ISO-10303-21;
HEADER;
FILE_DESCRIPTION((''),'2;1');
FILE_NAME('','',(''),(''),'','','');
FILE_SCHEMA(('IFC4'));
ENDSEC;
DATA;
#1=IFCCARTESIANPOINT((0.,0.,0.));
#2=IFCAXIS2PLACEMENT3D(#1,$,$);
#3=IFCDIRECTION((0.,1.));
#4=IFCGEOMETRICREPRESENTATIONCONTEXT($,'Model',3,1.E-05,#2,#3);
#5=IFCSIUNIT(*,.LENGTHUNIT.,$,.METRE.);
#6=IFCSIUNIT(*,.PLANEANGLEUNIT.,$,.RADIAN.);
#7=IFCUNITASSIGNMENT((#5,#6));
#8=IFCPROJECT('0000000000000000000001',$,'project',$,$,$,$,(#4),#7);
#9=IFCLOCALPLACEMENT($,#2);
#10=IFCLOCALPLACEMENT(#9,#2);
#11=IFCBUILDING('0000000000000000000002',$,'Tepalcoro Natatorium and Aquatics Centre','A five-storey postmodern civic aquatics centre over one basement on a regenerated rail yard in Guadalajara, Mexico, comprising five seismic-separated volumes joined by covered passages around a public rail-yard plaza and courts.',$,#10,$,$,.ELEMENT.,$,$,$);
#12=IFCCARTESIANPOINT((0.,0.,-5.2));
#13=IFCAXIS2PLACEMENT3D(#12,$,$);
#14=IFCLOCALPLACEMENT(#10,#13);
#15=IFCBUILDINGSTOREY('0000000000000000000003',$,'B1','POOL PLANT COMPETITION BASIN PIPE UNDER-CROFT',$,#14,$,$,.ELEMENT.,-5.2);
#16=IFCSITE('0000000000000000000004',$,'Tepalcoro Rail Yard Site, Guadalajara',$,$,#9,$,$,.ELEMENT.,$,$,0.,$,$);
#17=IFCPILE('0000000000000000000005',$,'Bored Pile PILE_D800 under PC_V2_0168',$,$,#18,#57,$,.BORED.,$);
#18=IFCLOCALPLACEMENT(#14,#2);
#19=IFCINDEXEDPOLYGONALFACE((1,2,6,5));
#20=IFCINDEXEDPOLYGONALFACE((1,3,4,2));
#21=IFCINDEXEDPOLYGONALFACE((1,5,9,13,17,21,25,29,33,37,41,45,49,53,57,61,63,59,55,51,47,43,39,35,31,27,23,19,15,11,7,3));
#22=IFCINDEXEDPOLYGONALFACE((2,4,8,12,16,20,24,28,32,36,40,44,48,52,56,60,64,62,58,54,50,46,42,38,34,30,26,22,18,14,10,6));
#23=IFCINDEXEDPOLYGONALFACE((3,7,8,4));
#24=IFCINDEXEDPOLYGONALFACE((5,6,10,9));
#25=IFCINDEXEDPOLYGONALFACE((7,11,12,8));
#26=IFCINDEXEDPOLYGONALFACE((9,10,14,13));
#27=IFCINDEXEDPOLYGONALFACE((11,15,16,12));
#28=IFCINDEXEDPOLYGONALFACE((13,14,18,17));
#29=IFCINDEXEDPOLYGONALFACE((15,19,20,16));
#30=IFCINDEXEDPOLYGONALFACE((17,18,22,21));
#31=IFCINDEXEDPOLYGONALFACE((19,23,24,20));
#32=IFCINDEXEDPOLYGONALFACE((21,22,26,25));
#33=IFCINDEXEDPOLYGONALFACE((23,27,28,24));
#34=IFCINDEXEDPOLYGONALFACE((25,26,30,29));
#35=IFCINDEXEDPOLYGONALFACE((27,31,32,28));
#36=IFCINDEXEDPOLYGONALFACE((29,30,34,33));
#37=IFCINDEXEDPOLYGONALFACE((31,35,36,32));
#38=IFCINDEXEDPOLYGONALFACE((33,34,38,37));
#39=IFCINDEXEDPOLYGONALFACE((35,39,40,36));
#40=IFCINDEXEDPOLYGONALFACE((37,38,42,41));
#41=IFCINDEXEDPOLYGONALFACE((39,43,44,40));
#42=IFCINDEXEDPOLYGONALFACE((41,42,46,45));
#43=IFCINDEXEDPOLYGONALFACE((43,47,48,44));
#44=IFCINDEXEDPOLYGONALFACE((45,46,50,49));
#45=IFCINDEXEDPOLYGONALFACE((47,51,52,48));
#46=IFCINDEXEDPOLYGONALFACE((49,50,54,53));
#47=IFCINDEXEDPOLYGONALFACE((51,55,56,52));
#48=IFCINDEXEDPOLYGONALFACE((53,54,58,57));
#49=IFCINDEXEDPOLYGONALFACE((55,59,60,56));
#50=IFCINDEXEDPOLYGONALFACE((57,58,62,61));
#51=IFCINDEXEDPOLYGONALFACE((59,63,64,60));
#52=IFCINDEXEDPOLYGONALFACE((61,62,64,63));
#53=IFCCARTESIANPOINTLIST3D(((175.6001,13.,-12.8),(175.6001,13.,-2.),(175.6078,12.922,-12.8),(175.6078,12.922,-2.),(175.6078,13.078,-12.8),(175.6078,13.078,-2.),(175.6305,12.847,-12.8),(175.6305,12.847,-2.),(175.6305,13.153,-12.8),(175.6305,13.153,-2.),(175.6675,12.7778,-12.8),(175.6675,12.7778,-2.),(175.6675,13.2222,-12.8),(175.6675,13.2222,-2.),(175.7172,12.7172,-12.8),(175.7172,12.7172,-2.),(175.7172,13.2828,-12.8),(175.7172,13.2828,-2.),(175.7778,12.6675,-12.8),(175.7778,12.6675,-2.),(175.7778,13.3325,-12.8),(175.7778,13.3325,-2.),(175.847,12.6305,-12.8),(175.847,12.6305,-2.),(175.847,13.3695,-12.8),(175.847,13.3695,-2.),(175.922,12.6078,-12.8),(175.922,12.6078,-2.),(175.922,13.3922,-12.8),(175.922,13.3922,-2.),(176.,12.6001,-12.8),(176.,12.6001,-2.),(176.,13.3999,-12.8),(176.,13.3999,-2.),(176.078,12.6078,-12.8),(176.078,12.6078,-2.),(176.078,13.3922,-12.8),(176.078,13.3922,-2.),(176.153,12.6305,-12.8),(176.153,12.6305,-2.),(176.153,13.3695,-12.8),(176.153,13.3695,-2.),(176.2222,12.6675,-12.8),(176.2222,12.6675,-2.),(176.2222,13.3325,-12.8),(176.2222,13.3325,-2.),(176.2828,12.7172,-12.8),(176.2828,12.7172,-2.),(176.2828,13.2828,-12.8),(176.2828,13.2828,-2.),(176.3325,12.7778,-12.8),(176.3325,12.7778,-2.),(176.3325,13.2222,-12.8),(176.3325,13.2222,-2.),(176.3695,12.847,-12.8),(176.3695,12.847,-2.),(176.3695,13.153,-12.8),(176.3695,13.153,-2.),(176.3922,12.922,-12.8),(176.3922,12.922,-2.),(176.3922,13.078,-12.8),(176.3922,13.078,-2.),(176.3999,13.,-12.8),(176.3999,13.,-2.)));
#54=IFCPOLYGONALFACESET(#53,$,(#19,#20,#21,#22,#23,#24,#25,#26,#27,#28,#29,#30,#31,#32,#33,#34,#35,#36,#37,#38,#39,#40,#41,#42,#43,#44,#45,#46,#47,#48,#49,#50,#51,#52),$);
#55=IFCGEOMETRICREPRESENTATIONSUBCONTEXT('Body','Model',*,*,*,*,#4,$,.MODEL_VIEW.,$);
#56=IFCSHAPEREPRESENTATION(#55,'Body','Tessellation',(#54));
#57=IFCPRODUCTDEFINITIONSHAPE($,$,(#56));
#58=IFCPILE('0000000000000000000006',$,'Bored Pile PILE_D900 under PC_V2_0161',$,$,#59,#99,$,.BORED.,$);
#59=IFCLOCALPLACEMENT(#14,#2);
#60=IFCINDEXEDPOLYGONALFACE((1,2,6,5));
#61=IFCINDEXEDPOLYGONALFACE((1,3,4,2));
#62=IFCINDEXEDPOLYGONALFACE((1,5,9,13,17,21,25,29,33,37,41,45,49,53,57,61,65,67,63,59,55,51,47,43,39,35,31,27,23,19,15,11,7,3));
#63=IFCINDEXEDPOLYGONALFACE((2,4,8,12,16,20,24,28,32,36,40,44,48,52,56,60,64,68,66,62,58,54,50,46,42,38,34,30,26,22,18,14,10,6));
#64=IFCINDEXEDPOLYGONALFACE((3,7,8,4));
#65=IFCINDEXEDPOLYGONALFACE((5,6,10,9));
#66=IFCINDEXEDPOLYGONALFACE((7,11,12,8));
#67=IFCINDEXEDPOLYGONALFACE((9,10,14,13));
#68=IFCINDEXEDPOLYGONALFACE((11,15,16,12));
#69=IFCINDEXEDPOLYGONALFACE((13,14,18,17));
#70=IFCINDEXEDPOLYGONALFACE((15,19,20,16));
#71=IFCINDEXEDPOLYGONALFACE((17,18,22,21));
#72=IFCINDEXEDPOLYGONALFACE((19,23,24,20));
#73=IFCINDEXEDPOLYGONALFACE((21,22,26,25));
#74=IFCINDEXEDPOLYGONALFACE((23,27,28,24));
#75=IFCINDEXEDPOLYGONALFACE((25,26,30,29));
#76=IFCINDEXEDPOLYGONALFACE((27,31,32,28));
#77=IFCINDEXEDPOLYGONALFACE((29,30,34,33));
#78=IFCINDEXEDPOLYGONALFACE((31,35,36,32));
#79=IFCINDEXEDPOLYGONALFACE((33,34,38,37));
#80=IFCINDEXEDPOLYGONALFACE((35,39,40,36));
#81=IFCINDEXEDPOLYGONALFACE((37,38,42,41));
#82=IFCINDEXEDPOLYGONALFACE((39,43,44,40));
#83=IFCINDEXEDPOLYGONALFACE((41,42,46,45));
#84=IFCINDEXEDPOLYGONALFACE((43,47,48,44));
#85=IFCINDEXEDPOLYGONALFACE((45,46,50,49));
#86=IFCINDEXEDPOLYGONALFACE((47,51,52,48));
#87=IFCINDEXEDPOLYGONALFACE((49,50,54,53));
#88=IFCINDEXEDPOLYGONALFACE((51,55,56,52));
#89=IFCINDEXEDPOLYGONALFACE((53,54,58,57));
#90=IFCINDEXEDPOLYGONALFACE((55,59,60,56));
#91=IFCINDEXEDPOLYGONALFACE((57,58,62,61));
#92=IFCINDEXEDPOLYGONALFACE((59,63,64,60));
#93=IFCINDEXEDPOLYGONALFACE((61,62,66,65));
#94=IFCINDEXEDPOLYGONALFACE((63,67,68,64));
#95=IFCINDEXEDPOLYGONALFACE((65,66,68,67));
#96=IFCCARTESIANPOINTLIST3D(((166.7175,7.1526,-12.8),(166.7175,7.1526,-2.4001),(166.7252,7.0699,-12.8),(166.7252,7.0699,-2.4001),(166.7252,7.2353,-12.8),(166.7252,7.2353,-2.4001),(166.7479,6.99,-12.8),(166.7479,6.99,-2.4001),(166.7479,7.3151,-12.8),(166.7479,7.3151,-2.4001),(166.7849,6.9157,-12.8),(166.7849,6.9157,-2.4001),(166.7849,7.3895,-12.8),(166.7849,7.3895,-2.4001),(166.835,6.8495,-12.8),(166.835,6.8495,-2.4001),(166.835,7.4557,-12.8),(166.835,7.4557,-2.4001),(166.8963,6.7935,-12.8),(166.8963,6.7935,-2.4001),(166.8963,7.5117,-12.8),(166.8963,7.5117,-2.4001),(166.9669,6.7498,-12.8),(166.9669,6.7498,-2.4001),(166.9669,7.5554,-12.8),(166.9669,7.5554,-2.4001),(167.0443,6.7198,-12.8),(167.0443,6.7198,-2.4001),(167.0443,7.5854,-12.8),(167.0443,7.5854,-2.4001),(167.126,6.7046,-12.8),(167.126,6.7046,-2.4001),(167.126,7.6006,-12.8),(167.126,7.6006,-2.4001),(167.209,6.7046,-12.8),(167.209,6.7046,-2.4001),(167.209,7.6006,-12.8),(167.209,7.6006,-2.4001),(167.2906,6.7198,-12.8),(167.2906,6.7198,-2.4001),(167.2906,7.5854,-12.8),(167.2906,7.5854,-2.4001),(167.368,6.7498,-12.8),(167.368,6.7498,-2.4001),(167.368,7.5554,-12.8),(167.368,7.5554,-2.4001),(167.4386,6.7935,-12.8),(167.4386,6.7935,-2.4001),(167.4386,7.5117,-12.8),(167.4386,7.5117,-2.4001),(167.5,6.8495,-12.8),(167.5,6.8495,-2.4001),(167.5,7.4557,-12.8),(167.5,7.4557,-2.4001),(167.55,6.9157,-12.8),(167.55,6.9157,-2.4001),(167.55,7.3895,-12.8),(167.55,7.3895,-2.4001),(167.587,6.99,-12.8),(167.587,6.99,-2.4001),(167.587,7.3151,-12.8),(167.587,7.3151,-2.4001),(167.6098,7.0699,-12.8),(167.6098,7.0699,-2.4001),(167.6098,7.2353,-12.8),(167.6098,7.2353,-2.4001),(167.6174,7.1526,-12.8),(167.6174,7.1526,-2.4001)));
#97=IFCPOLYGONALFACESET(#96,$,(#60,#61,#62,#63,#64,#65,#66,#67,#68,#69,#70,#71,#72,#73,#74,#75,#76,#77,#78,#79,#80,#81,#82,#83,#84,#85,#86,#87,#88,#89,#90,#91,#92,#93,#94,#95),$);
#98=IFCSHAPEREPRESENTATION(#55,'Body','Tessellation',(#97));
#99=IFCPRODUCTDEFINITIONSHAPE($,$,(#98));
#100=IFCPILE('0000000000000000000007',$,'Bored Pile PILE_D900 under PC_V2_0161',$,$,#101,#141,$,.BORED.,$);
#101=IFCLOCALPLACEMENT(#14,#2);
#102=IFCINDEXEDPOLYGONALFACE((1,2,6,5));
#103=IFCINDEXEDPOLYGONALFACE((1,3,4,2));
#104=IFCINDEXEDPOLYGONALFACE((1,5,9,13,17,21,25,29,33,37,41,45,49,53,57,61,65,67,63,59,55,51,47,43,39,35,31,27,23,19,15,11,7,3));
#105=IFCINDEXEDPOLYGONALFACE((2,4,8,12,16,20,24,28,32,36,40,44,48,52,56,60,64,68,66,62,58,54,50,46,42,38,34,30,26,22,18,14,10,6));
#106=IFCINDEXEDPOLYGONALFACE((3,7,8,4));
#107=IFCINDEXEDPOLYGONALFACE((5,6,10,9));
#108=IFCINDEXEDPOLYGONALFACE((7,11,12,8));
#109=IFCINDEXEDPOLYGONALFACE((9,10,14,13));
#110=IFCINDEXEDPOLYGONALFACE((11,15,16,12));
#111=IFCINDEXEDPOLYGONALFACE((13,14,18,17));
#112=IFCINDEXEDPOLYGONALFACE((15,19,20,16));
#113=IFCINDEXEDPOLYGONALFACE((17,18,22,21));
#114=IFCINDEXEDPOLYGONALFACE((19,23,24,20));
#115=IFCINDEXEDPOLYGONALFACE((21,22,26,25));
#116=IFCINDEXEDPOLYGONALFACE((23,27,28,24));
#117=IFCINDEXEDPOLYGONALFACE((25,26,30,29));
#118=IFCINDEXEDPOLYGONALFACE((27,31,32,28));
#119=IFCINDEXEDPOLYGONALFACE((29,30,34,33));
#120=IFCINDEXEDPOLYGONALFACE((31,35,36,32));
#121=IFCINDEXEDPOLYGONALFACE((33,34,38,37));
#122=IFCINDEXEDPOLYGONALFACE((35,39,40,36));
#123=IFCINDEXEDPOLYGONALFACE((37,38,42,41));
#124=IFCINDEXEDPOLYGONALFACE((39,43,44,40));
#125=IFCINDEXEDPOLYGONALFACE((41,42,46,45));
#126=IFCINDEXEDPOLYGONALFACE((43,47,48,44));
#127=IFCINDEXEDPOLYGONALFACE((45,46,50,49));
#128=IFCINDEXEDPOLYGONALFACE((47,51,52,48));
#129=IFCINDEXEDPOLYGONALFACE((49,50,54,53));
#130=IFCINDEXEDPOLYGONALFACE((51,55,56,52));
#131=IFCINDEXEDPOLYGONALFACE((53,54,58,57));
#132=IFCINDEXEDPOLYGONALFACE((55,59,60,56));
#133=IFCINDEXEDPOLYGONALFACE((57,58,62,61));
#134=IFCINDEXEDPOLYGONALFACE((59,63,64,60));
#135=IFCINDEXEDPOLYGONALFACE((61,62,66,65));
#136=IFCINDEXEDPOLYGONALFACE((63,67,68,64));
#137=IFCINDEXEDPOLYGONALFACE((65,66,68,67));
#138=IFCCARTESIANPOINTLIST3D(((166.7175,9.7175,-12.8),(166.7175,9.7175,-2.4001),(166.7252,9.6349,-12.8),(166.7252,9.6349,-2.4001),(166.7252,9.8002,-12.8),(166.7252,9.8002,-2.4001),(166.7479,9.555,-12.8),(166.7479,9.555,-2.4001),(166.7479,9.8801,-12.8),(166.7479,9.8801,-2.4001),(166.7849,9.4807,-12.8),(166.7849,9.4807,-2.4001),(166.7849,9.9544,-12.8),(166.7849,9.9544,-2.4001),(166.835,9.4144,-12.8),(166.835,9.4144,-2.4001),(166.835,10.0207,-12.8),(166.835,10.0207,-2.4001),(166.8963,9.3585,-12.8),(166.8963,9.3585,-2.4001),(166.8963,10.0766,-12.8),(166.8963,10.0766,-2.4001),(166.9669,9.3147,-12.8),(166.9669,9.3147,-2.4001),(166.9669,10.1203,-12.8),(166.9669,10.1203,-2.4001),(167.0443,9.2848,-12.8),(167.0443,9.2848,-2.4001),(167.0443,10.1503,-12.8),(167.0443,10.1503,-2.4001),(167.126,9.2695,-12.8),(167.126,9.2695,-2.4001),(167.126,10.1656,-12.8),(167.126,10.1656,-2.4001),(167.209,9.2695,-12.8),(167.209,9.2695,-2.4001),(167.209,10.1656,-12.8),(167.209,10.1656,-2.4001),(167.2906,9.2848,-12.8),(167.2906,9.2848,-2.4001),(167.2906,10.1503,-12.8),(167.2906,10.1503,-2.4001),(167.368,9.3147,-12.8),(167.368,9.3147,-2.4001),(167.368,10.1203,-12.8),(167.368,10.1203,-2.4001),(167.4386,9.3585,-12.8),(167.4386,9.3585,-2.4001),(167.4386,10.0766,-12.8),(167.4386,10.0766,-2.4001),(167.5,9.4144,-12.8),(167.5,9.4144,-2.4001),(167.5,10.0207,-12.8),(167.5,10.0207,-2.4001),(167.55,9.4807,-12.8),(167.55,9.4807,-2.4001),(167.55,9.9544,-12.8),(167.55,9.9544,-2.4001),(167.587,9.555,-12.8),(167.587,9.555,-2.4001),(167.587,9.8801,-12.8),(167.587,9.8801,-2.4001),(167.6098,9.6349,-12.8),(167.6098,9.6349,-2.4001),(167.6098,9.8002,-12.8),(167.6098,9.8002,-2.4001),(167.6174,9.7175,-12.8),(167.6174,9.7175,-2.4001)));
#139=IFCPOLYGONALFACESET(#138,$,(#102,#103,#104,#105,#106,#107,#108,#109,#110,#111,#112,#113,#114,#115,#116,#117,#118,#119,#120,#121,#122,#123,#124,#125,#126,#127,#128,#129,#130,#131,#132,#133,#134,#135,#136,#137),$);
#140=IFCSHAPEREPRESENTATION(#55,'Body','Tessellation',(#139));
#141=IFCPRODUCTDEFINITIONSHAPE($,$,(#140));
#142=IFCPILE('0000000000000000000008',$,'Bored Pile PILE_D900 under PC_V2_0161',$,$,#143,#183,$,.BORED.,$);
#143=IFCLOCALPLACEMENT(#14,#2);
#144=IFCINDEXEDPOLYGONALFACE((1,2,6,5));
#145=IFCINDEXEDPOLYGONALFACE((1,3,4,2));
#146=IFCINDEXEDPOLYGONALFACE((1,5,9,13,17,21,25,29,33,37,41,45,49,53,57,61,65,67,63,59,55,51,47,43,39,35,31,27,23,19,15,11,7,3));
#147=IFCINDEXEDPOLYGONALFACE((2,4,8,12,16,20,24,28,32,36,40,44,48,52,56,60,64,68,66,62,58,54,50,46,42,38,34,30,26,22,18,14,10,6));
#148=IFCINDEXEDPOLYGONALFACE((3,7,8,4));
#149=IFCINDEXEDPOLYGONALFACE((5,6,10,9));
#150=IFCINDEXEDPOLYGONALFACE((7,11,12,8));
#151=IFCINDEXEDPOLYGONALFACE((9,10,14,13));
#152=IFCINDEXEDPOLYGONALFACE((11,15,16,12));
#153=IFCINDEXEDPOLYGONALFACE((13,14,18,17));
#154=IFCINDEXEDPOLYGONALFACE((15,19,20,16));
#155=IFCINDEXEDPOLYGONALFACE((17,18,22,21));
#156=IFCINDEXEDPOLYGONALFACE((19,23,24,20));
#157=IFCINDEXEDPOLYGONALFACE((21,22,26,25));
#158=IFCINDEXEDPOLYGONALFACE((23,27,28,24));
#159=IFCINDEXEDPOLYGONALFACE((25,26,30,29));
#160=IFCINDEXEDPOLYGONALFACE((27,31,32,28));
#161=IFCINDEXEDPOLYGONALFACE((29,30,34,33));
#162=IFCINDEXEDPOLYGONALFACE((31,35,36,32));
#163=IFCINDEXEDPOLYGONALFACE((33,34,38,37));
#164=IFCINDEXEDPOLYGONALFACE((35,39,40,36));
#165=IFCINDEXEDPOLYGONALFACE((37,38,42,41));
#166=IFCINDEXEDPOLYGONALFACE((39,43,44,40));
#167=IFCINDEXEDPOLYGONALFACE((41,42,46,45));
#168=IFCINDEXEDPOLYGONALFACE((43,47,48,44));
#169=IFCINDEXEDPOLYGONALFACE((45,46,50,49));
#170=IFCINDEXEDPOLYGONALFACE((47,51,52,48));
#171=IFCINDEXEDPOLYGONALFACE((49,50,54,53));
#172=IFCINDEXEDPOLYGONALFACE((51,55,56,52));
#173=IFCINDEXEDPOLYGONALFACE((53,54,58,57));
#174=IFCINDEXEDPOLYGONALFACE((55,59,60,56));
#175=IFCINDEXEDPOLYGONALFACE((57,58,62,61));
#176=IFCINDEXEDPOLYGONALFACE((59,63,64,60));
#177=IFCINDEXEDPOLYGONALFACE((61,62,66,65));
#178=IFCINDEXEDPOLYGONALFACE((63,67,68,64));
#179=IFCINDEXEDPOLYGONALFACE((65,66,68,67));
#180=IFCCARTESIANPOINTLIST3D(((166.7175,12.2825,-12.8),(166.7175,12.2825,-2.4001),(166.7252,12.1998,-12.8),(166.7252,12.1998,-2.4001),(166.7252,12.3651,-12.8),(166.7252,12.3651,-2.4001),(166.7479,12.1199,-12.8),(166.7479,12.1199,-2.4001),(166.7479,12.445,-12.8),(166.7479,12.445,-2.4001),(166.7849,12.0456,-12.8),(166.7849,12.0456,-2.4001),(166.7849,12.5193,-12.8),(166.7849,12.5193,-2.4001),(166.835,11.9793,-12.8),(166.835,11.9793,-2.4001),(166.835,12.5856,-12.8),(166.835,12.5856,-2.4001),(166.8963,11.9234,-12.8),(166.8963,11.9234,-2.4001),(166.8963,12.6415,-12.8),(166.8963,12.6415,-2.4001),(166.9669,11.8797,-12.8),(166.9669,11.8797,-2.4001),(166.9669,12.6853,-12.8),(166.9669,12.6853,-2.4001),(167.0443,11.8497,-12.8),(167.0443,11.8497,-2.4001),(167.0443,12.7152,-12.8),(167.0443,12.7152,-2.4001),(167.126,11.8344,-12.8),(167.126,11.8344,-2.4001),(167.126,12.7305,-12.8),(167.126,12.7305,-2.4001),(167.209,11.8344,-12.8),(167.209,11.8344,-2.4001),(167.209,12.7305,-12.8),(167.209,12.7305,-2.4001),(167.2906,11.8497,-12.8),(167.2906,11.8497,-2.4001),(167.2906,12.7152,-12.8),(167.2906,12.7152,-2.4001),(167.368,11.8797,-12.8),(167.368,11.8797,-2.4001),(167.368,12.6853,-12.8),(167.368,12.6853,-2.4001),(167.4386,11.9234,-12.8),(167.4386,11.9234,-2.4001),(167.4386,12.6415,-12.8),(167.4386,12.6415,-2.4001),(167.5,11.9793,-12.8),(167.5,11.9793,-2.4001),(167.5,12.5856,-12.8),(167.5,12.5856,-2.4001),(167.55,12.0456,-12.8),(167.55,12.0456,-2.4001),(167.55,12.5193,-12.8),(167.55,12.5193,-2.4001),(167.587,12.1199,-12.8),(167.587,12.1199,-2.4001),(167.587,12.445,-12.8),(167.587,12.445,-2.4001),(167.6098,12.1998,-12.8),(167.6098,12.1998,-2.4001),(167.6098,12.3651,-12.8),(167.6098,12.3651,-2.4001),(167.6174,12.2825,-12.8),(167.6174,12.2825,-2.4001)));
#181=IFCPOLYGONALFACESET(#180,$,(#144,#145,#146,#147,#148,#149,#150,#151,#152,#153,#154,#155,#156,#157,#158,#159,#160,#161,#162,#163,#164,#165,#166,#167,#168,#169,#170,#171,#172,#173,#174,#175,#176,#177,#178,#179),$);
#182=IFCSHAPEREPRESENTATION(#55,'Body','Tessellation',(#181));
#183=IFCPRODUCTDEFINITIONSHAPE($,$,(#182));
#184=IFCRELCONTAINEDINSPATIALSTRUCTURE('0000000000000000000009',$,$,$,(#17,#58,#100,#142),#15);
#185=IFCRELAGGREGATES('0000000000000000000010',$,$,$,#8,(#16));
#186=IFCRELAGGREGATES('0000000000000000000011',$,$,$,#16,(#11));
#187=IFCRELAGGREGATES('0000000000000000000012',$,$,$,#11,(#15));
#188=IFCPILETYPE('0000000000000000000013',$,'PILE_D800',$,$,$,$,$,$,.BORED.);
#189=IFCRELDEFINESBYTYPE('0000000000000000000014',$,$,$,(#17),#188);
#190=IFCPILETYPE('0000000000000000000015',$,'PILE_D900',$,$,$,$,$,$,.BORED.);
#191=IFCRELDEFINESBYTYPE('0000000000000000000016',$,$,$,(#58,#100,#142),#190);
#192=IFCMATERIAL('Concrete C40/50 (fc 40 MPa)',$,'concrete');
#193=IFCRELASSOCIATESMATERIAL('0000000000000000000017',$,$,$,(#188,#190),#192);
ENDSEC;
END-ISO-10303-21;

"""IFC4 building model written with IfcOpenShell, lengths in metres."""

from ifc_helpers import new_model, si_unit, direction, frame, origin, origin_2d, place, context, subcontext, project, spatial, circle, extrude, material, material_profile, profile_set, type_object, element, save


model = new_model("IFC4")

# Units and contexts
model_context = context("Model", 3, precision=1e-05, world=origin(), true_north=direction((0.0, 1.0)))
body_context = subcontext(model_context, "Body", "Model", "MODEL_VIEW")
ifc_project = project(units=[si_unit("LENGTHUNIT", "METRE"), si_unit("PLANEANGLEUNIT", "RADIAN")], contexts=[model_context])

# Site, building, storey
site_placement = place(None, origin())
site = spatial("IfcSite", under=ifc_project, at=site_placement, Name="Tepalcoro Rail Yard Site, Guadalajara", CompositionType="ELEMENT", RefElevation=0.0)
building_placement = place(site_placement, origin())
building = spatial("IfcBuilding", under=site, at=building_placement, Name="Tepalcoro Natatorium and Aquatics Centre", Description="A five-storey postmodern civic aquatics centre over one basement on a regenerated rail yard in Guadalajara, Mexico, comprising five seismic-separated volumes joined by covered passages around a public rail-yard plaza and courts.", CompositionType="ELEMENT")
storey_placement = place(building_placement, frame((0.0, 0.0, -5.2)))
storey = spatial("IfcBuildingStorey", under=building, at=storey_placement, Name="B1", Description="POOL PLANT COMPETITION BASIN PIPE UNDER-CROFT", CompositionType="ELEMENT", Elevation=-5.2)

# Piles
ifc_material_1 = material(Name="Concrete C40/50 (fc 40 MPa)", Category="concrete")
ifc_material_profile_1 = material_profile(ifc_material_1, circle(Radius=0.3999, at=origin_2d()), Name="PILE_D800")
ifc_profile_set_1 = profile_set([ifc_material_profile_1], Name="Concrete C40/50 (fc 40 MPa)")
pile_type_1 = type_object("IfcPileType", Name="PILE_D800", PredefinedType="BORED", material=ifc_profile_set_1)
pile_1_placement = place(storey_placement, frame((176.0, 13.0, -2.0), z_axis=(0.0, 0.0, -1.0), x_axis=(1.0, 0.0, 0.0)))
element("IfcPile", 1, at=pile_1_placement, inside=storey, type_object=pile_type_1, Name="Bored Pile PILE_D800 under PC_V2_0168", PredefinedType="BORED", context=body_context, shape_type="SweptSolid", body=[
    extrude(circle(Radius=0.3999, at=origin_2d()), origin(), (0.0, 0.0, 1.0), 10.8),
])
ifc_material_profile_2 = material_profile(ifc_material_1, circle(Radius=0.45, at=origin_2d()), Name="PILE_D900")
ifc_profile_set_2 = profile_set([ifc_material_profile_2], Name="Concrete C40/50 (fc 40 MPa)")
pile_type_2 = type_object("IfcPileType", Name="PILE_D900", PredefinedType="BORED", material=ifc_profile_set_2)
for number, where, z_axis, x_axis, name in (
    (2, (167.1675, 7.1526, -2.4001), (0.0, 0.0, -1.0), (1.0, 0.0, 0.0), "Bored Pile PILE_D900 under PC_V2_0161"),
    (3, (167.1675, 9.7175, -2.4001), (0.0, 0.0, -1.0), (1.0, 0.0, 0.0), "Bored Pile PILE_D900 under PC_V2_0161"),
    (4, (167.1675, 12.2825, -2.4001), (0.0, 0.0, -1.0), (1.0, 0.0, 0.0), "Bored Pile PILE_D900 under PC_V2_0161"),
):
    element("IfcPile", number, at=place(storey_placement, frame(where, z_axis=z_axis, x_axis=x_axis)), inside=storey, type_object=pile_type_2, Name=name, PredefinedType="BORED", context=body_context, shape_type="SweptSolid", body=[
        extrude(circle(Radius=0.45, at=origin_2d()), origin(), (0.0, 0.0, 1.0), 10.3999),
    ])

save(model, "model.ifc")
